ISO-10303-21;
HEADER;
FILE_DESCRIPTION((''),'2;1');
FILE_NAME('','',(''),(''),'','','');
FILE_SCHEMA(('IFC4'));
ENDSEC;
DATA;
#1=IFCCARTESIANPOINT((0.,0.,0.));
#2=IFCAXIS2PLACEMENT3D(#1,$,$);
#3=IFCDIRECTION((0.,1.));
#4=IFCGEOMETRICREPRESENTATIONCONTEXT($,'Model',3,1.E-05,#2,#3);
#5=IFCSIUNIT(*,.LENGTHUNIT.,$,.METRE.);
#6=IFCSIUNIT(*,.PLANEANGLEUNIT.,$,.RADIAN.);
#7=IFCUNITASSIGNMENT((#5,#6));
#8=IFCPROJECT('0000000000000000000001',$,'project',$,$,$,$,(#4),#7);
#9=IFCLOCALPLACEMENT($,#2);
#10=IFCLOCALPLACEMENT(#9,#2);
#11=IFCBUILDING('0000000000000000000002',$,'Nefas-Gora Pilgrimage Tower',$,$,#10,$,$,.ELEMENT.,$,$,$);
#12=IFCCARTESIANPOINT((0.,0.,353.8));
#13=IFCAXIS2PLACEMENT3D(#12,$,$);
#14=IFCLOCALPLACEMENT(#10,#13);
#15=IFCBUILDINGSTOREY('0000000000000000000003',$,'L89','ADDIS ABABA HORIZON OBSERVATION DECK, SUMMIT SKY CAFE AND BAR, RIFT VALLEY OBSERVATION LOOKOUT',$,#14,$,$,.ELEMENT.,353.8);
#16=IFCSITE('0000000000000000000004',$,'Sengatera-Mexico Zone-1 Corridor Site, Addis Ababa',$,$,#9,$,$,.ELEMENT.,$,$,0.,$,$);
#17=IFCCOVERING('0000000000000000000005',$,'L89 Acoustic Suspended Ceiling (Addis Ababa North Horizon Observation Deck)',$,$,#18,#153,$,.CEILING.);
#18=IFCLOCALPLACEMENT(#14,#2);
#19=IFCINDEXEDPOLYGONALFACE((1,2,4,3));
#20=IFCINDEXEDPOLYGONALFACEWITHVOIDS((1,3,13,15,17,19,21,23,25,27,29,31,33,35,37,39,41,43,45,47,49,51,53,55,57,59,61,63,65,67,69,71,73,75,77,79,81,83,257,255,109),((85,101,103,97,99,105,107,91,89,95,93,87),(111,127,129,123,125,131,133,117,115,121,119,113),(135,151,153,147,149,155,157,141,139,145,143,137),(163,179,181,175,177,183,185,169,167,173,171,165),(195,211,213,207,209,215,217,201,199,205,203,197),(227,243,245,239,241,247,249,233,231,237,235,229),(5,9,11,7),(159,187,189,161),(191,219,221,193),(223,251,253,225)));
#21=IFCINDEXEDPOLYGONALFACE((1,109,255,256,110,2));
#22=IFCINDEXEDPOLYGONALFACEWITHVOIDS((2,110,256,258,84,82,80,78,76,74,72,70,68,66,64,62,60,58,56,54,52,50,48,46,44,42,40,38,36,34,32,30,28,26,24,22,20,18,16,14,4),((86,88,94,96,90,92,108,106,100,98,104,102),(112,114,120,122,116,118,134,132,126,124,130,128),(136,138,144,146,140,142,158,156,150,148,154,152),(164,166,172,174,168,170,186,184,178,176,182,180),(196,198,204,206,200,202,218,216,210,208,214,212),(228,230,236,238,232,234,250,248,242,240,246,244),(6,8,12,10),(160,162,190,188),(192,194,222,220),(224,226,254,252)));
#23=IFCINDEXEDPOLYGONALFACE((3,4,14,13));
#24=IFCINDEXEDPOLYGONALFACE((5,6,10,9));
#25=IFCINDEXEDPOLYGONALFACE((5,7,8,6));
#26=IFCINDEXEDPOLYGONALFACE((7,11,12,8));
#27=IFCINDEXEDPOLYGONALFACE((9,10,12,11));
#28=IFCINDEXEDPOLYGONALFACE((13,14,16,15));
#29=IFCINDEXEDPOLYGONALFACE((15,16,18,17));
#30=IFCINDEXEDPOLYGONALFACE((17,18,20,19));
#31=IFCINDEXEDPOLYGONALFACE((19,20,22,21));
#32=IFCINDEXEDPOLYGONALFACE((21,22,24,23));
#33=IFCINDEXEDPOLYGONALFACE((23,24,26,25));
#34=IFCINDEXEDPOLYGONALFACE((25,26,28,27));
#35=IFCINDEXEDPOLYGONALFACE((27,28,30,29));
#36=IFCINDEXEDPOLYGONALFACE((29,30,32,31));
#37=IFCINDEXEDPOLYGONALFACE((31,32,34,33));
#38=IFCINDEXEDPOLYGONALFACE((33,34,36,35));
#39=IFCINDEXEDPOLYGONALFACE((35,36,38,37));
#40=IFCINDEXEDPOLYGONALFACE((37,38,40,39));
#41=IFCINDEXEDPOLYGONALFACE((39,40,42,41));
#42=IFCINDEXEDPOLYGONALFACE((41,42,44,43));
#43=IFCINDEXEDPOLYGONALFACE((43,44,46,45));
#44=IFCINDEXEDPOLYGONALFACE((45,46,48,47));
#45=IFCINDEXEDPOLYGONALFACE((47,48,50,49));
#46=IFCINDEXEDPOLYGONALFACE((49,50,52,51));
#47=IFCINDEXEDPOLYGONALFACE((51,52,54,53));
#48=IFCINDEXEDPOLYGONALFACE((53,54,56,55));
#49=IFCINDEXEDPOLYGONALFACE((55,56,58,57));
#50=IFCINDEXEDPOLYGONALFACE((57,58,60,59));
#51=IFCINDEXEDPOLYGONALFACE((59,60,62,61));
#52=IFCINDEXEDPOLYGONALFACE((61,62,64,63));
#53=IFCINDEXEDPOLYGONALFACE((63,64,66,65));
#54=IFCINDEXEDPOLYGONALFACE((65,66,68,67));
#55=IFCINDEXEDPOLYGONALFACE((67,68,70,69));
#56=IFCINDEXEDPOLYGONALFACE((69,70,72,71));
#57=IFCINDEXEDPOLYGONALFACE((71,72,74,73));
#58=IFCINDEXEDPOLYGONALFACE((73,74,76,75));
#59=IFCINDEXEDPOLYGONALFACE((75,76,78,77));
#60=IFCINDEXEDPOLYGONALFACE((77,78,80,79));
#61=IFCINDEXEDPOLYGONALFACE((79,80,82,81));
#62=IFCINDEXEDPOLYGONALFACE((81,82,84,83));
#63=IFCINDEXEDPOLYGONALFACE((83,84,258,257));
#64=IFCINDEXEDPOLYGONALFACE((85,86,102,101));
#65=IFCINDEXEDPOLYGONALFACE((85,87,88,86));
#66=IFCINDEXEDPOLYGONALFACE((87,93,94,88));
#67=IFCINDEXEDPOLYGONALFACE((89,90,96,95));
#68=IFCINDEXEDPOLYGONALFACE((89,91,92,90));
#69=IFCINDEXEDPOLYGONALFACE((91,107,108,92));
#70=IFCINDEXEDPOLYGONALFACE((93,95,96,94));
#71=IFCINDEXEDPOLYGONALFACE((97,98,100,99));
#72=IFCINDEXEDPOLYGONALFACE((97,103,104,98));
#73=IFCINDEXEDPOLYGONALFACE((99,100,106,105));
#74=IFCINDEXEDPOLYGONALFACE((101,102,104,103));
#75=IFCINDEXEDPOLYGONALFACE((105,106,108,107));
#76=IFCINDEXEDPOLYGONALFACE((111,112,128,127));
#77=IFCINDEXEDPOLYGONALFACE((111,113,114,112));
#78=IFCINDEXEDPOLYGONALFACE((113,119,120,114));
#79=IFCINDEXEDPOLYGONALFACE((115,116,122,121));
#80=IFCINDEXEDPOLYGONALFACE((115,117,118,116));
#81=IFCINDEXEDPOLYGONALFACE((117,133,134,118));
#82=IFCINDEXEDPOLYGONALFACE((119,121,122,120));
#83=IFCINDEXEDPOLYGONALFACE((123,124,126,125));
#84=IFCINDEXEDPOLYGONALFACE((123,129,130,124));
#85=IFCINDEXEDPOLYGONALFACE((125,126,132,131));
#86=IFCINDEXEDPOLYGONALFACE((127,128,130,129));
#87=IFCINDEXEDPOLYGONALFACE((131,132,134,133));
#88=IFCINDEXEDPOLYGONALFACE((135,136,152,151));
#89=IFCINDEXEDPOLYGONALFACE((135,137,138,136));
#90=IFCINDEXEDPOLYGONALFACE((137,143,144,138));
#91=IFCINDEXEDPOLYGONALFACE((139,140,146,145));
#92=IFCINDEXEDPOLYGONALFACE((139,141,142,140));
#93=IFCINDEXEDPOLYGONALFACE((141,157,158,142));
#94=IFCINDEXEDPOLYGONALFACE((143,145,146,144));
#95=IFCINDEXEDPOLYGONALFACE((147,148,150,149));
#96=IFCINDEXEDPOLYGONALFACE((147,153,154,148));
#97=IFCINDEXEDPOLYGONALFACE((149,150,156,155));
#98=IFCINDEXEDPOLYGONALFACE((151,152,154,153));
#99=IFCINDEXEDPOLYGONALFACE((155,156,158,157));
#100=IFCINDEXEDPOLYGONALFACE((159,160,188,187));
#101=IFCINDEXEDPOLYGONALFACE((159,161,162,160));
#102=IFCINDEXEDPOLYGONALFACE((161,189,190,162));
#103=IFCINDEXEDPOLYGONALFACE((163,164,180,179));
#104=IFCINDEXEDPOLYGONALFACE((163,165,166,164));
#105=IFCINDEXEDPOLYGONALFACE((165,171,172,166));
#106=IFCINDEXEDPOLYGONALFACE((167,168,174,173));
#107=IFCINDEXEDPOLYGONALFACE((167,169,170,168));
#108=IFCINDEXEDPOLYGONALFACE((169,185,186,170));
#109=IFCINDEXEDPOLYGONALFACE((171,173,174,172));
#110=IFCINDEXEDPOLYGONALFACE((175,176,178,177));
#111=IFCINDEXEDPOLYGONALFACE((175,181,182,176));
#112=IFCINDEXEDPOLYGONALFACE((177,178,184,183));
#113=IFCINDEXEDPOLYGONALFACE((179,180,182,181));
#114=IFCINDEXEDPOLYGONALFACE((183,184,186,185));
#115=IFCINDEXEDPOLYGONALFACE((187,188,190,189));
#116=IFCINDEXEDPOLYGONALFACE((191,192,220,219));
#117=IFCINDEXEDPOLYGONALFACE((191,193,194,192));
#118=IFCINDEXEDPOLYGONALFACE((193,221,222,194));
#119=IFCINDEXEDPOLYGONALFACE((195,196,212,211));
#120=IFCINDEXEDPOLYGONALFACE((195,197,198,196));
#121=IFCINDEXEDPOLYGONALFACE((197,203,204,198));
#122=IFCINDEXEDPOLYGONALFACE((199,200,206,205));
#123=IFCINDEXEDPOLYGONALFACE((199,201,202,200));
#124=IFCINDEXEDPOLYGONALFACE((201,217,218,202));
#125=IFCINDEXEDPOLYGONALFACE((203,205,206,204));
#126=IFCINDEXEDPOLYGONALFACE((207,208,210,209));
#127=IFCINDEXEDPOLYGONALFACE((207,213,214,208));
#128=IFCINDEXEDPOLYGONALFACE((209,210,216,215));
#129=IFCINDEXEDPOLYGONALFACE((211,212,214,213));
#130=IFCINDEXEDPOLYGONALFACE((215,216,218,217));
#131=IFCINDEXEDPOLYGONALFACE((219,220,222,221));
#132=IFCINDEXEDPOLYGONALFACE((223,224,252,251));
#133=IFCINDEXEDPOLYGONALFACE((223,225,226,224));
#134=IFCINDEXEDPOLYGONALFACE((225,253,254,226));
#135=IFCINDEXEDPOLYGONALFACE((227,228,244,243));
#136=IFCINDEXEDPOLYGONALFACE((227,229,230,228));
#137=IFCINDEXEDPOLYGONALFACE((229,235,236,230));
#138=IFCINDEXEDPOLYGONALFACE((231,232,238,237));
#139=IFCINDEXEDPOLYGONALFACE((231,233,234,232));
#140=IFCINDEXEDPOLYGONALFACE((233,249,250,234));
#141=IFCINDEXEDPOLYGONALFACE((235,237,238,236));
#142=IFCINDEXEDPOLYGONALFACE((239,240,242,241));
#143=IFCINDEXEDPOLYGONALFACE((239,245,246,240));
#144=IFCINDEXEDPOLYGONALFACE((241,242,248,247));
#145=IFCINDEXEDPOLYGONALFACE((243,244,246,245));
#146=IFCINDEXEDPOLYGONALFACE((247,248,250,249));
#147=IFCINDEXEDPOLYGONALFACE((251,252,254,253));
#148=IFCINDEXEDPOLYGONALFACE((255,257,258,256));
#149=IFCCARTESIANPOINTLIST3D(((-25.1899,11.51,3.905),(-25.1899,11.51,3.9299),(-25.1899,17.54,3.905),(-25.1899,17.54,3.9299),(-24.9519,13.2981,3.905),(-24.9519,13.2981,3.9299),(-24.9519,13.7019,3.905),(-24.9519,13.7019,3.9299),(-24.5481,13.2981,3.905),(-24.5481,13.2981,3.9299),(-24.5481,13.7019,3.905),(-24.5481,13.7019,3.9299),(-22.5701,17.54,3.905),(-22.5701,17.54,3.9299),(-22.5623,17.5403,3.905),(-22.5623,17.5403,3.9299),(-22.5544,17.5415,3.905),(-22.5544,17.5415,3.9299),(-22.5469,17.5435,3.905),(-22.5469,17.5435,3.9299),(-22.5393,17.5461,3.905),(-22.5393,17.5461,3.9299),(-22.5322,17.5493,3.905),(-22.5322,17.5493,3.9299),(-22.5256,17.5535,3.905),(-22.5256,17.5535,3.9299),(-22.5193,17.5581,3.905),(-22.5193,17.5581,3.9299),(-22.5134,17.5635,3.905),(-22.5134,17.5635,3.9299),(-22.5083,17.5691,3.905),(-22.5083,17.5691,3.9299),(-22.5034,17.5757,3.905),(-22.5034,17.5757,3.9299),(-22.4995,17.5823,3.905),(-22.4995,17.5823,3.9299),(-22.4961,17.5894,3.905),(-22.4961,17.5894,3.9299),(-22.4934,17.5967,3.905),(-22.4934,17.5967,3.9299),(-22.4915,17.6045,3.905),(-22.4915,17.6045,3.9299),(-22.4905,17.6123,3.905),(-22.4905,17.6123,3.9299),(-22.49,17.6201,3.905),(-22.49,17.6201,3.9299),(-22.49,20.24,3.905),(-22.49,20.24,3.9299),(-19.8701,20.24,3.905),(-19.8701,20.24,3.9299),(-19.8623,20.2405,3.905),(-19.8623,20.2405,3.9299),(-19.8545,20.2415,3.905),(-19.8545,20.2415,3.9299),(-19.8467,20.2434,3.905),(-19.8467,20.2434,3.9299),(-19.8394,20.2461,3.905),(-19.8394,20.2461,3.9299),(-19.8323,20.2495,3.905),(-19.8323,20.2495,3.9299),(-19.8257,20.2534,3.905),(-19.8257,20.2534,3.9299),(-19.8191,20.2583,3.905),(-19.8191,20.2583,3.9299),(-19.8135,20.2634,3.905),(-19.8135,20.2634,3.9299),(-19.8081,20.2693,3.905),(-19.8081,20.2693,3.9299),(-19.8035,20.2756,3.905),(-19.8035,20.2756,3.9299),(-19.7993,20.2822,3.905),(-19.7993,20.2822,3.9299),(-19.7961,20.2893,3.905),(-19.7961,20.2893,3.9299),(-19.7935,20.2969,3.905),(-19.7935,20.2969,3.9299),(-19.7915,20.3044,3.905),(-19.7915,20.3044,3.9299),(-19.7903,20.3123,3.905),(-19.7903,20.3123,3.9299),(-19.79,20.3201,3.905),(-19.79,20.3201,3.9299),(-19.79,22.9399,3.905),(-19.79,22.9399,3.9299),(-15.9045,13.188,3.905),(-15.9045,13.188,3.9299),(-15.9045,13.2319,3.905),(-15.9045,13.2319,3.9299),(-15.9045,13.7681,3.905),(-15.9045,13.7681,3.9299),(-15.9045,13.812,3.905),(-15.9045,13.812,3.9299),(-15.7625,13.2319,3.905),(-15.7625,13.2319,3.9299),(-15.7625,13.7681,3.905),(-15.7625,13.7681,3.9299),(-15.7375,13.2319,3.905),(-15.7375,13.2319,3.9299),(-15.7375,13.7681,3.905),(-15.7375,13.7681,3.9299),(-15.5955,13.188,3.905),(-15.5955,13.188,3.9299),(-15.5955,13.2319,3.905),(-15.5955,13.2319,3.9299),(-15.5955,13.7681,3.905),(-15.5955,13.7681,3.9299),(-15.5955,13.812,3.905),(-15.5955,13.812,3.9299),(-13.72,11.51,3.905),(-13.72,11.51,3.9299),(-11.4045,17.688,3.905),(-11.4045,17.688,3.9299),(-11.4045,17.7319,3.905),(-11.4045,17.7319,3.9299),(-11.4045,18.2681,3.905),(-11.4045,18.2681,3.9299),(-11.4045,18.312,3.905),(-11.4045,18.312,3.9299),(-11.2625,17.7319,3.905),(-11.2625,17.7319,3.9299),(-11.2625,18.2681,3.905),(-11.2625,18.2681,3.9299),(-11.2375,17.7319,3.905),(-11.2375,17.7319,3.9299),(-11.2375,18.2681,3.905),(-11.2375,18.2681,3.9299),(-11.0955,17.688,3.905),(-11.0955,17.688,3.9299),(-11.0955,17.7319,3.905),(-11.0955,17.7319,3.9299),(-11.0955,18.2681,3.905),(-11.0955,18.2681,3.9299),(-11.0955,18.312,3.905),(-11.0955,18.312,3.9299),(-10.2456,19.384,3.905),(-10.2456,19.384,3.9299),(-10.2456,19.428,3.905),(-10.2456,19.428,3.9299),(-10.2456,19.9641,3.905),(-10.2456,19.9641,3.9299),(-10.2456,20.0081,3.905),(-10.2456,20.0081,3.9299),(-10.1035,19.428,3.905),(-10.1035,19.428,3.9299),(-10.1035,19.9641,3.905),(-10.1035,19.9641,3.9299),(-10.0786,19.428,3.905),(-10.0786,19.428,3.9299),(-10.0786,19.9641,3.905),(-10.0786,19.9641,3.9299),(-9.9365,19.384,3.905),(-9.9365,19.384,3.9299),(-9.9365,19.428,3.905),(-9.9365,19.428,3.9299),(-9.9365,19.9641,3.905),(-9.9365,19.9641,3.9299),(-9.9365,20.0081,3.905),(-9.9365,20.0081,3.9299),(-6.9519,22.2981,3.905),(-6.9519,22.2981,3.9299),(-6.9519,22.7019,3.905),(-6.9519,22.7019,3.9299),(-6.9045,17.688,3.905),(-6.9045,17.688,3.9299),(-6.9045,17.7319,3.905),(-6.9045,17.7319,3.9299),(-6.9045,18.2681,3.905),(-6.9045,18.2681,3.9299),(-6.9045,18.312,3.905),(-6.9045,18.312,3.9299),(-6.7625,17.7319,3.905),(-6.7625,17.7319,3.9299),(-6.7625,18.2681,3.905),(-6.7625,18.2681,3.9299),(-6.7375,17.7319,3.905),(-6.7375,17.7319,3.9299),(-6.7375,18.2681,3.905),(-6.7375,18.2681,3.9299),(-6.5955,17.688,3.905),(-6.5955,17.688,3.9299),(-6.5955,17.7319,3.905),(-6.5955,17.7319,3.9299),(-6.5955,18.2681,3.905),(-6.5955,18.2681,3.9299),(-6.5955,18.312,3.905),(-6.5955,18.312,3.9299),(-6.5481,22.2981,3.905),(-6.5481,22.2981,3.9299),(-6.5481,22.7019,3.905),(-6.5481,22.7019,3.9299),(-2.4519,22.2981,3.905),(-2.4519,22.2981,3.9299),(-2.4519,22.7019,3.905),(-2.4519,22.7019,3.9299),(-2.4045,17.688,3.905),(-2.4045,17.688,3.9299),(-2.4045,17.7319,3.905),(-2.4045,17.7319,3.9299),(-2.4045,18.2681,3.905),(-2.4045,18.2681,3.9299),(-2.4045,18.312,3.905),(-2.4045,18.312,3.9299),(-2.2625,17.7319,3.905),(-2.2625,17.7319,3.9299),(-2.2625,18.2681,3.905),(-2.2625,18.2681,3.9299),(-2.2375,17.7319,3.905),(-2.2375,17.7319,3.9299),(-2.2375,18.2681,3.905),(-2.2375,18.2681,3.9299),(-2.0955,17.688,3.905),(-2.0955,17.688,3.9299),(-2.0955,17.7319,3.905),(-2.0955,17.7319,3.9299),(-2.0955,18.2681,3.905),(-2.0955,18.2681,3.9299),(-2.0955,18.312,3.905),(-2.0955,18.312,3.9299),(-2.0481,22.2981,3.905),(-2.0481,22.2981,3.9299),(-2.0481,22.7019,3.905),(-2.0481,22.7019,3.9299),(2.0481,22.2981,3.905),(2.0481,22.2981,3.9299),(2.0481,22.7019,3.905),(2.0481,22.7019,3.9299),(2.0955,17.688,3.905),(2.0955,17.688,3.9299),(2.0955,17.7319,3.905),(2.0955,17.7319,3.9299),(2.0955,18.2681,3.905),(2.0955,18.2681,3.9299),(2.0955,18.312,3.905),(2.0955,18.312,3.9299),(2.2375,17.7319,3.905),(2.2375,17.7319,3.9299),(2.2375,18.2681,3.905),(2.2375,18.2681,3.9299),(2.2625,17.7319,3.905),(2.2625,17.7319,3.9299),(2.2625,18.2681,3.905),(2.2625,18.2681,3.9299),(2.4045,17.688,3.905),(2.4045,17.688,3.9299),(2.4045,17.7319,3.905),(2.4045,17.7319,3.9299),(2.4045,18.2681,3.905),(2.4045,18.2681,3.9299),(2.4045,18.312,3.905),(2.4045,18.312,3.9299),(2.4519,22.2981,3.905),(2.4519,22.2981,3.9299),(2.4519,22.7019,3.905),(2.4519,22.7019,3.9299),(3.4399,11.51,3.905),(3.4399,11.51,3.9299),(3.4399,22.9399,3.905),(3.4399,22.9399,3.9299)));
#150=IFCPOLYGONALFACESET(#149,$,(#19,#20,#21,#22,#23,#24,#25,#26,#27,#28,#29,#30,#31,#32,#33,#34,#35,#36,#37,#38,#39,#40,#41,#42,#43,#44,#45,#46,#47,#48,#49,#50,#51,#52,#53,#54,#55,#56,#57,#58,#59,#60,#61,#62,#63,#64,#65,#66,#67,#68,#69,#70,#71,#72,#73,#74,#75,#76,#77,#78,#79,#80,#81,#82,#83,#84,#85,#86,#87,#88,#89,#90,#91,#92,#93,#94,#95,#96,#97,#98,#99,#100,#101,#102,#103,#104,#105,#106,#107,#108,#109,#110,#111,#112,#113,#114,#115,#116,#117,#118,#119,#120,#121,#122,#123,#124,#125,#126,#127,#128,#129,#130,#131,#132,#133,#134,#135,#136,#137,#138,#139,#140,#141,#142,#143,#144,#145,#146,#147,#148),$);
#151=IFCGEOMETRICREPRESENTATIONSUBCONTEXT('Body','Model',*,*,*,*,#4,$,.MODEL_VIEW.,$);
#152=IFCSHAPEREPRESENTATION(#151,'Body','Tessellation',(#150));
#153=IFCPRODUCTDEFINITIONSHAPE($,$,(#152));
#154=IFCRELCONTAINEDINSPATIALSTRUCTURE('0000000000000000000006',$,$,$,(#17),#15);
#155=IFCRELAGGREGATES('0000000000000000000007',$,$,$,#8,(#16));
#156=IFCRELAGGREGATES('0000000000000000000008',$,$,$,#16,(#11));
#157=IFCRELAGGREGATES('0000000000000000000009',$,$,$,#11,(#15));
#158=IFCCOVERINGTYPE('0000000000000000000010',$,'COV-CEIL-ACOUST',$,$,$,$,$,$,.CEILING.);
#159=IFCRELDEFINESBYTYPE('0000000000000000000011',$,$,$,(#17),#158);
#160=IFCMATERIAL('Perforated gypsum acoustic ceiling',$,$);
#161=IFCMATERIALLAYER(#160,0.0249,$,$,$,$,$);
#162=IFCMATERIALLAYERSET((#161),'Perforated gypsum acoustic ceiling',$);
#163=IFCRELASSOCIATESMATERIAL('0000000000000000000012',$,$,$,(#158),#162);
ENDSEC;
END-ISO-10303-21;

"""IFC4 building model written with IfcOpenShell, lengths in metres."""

from ifc_helpers import new_model, si_unit, direction, frame, origin, place, context, subcontext, project, spatial, polyline, outline, extrude, material, layer, layer_set, type_object, element, save


model = new_model("IFC4")

# Units and contexts
model_context = context("Model", 3, precision=1e-05, world=origin(), true_north=direction((0.0, 1.0)))
body_context = subcontext(model_context, "Body", "Model", "MODEL_VIEW")
ifc_project = project(units=[si_unit("LENGTHUNIT", "METRE"), si_unit("PLANEANGLEUNIT", "RADIAN")], contexts=[model_context])

# Site, building, storey
site_placement = place(None, origin())
site = spatial("IfcSite", under=ifc_project, at=site_placement, Name="Sengatera-Mexico Zone-1 Corridor Site, Addis Ababa", CompositionType="ELEMENT", RefElevation=0.0)
building_placement = place(site_placement, origin())
building = spatial("IfcBuilding", under=site, at=building_placement, Name="Nefas-Gora Pilgrimage Tower", CompositionType="ELEMENT")
storey_placement = place(building_placement, frame((0.0, 0.0, 353.8)))
storey = spatial("IfcBuildingStorey", under=building, at=storey_placement, Name="L89", Description="ADDIS ABABA HORIZON OBSERVATION DECK, SUMMIT SKY CAFE AND BAR, RIFT VALLEY OBSERVATION LOOKOUT", CompositionType="ELEMENT", Elevation=353.8)

# Covering
ifc_material_1 = material(Name="Perforated gypsum acoustic ceiling")
ifc_layer_1 = layer(ifc_material_1, 0.0249)
ifc_layer_set_1 = layer_set([ifc_layer_1], Name="Perforated gypsum acoustic ceiling")
covering_type_1 = type_object("IfcCoveringType", Name="COV-CEIL-ACOUST", PredefinedType="CEILING", material=ifc_layer_set_1)
covering_1_placement = place(storey_placement, frame((0.0, 0.0, 3.905)))
element("IfcCovering", 1, at=covering_1_placement, inside=storey, type_object=covering_type_1, Name="L89 Acoustic Suspended Ceiling (Addis Ababa North Horizon Observation Deck)", PredefinedType="CEILING", context=body_context, shape_type="SweptSolid", body=[
    extrude(outline(polyline([(-25.1899, 17.54), (-25.1899, 11.51), (-13.72, 11.51), (3.4399, 11.51), (3.4399, 22.9399), (-19.79, 22.9399), (-19.79, 20.3201), (-19.7903, 20.3123), (-19.7915, 20.3044), (-19.7935, 20.2969), (-19.7961, 20.2893), (-19.7993, 20.2822), (-19.8035, 20.2756), (-19.8081, 20.2693), (-19.8135, 20.2634), (-19.8191, 20.2583), (-19.8257, 20.2534), (-19.8323, 20.2495), (-19.8394, 20.2461), (-19.8467, 20.2434), (-19.8545, 20.2415), (-19.8623, 20.2405), (-19.8701, 20.24), (-22.49, 20.24), (-22.49, 17.6201), (-22.4905, 17.6123), (-22.4915, 17.6045), (-22.4934, 17.5967), (-22.4961, 17.5894), (-22.4995, 17.5823), (-22.5034, 17.5757), (-22.5083, 17.5691), (-22.5134, 17.5635), (-22.5193, 17.5581), (-22.5256, 17.5535), (-22.5322, 17.5493), (-22.5393, 17.5461), (-22.5469, 17.5435), (-22.5544, 17.5415), (-22.5623, 17.5403), (-22.5701, 17.54), (-25.1899, 17.54)]), holes=[polyline([(2.4519, 22.7019), (2.4519, 22.2981), (2.0481, 22.2981), (2.0481, 22.7019), (2.4519, 22.7019)]), polyline([(2.4045, 18.312), (2.4045, 18.2681), (2.2625, 18.2681), (2.2625, 17.7319), (2.4045, 17.7319), (2.4045, 17.688), (2.0955, 17.688), (2.0955, 17.7319), (2.2375, 17.7319), (2.2375, 18.2681), (2.0955, 18.2681), (2.0955, 18.312), (2.4045, 18.312)]), polyline([(-2.0481, 22.7019), (-2.0481, 22.2981), (-2.4519, 22.2981), (-2.4519, 22.7019), (-2.0481, 22.7019)]), polyline([(-2.4045, 18.312), (-2.0955, 18.312), (-2.0955, 18.2681), (-2.2375, 18.2681), (-2.2375, 17.7319), (-2.0955, 17.7319), (-2.0955, 17.688), (-2.4045, 17.688), (-2.4045, 17.7319), (-2.2625, 17.7319), (-2.2625, 18.2681), (-2.4045, 18.2681), (-2.4045, 18.312)]), polyline([(-6.5481, 22.7019), (-6.5481, 22.2981), (-6.9519, 22.2981), (-6.9519, 22.7019), (-6.5481, 22.7019)]), polyline([(-6.5955, 18.312), (-6.5955, 18.2681), (-6.7375, 18.2681), (-6.7375, 17.7319), (-6.5955, 17.7319), (-6.5955, 17.688), (-6.9045, 17.688), (-6.9045, 17.7319), (-6.7625, 17.7319), (-6.7625, 18.2681), (-6.9045, 18.2681), (-6.9045, 18.312), (-6.5955, 18.312)]), polyline([(-10.2456, 20.0081), (-9.9365, 20.0081), (-9.9365, 19.9641), (-10.0786, 19.9641), (-10.0786, 19.428), (-9.9365, 19.428), (-9.9365, 19.384), (-10.2456, 19.384), (-10.2456, 19.428), (-10.1035, 19.428), (-10.1035, 19.9641), (-10.2456, 19.9641), (-10.2456, 20.0081)]), polyline([(-11.0955, 18.312), (-11.0955, 18.2681), (-11.2375, 18.2681), (-11.2375, 17.7319), (-11.0955, 17.7319), (-11.0955, 17.688), (-11.4045, 17.688), (-11.4045, 17.7319), (-11.2625, 17.7319), (-11.2625, 18.2681), (-11.4045, 18.2681), (-11.4045, 18.312), (-11.0955, 18.312)]), polyline([(-15.9045, 13.812), (-15.5955, 13.812), (-15.5955, 13.7681), (-15.7375, 13.7681), (-15.7375, 13.2319), (-15.5955, 13.2319), (-15.5955, 13.188), (-15.9045, 13.188), (-15.9045, 13.2319), (-15.7625, 13.2319), (-15.7625, 13.7681), (-15.9045, 13.7681), (-15.9045, 13.812)]), polyline([(-24.5481, 13.7019), (-24.5481, 13.2981), (-24.9519, 13.2981), (-24.9519, 13.7019), (-24.5481, 13.7019)])]), origin(), (0.0, 0.0, 1.0), 0.0249),
])

save(model, "model.ifc")
